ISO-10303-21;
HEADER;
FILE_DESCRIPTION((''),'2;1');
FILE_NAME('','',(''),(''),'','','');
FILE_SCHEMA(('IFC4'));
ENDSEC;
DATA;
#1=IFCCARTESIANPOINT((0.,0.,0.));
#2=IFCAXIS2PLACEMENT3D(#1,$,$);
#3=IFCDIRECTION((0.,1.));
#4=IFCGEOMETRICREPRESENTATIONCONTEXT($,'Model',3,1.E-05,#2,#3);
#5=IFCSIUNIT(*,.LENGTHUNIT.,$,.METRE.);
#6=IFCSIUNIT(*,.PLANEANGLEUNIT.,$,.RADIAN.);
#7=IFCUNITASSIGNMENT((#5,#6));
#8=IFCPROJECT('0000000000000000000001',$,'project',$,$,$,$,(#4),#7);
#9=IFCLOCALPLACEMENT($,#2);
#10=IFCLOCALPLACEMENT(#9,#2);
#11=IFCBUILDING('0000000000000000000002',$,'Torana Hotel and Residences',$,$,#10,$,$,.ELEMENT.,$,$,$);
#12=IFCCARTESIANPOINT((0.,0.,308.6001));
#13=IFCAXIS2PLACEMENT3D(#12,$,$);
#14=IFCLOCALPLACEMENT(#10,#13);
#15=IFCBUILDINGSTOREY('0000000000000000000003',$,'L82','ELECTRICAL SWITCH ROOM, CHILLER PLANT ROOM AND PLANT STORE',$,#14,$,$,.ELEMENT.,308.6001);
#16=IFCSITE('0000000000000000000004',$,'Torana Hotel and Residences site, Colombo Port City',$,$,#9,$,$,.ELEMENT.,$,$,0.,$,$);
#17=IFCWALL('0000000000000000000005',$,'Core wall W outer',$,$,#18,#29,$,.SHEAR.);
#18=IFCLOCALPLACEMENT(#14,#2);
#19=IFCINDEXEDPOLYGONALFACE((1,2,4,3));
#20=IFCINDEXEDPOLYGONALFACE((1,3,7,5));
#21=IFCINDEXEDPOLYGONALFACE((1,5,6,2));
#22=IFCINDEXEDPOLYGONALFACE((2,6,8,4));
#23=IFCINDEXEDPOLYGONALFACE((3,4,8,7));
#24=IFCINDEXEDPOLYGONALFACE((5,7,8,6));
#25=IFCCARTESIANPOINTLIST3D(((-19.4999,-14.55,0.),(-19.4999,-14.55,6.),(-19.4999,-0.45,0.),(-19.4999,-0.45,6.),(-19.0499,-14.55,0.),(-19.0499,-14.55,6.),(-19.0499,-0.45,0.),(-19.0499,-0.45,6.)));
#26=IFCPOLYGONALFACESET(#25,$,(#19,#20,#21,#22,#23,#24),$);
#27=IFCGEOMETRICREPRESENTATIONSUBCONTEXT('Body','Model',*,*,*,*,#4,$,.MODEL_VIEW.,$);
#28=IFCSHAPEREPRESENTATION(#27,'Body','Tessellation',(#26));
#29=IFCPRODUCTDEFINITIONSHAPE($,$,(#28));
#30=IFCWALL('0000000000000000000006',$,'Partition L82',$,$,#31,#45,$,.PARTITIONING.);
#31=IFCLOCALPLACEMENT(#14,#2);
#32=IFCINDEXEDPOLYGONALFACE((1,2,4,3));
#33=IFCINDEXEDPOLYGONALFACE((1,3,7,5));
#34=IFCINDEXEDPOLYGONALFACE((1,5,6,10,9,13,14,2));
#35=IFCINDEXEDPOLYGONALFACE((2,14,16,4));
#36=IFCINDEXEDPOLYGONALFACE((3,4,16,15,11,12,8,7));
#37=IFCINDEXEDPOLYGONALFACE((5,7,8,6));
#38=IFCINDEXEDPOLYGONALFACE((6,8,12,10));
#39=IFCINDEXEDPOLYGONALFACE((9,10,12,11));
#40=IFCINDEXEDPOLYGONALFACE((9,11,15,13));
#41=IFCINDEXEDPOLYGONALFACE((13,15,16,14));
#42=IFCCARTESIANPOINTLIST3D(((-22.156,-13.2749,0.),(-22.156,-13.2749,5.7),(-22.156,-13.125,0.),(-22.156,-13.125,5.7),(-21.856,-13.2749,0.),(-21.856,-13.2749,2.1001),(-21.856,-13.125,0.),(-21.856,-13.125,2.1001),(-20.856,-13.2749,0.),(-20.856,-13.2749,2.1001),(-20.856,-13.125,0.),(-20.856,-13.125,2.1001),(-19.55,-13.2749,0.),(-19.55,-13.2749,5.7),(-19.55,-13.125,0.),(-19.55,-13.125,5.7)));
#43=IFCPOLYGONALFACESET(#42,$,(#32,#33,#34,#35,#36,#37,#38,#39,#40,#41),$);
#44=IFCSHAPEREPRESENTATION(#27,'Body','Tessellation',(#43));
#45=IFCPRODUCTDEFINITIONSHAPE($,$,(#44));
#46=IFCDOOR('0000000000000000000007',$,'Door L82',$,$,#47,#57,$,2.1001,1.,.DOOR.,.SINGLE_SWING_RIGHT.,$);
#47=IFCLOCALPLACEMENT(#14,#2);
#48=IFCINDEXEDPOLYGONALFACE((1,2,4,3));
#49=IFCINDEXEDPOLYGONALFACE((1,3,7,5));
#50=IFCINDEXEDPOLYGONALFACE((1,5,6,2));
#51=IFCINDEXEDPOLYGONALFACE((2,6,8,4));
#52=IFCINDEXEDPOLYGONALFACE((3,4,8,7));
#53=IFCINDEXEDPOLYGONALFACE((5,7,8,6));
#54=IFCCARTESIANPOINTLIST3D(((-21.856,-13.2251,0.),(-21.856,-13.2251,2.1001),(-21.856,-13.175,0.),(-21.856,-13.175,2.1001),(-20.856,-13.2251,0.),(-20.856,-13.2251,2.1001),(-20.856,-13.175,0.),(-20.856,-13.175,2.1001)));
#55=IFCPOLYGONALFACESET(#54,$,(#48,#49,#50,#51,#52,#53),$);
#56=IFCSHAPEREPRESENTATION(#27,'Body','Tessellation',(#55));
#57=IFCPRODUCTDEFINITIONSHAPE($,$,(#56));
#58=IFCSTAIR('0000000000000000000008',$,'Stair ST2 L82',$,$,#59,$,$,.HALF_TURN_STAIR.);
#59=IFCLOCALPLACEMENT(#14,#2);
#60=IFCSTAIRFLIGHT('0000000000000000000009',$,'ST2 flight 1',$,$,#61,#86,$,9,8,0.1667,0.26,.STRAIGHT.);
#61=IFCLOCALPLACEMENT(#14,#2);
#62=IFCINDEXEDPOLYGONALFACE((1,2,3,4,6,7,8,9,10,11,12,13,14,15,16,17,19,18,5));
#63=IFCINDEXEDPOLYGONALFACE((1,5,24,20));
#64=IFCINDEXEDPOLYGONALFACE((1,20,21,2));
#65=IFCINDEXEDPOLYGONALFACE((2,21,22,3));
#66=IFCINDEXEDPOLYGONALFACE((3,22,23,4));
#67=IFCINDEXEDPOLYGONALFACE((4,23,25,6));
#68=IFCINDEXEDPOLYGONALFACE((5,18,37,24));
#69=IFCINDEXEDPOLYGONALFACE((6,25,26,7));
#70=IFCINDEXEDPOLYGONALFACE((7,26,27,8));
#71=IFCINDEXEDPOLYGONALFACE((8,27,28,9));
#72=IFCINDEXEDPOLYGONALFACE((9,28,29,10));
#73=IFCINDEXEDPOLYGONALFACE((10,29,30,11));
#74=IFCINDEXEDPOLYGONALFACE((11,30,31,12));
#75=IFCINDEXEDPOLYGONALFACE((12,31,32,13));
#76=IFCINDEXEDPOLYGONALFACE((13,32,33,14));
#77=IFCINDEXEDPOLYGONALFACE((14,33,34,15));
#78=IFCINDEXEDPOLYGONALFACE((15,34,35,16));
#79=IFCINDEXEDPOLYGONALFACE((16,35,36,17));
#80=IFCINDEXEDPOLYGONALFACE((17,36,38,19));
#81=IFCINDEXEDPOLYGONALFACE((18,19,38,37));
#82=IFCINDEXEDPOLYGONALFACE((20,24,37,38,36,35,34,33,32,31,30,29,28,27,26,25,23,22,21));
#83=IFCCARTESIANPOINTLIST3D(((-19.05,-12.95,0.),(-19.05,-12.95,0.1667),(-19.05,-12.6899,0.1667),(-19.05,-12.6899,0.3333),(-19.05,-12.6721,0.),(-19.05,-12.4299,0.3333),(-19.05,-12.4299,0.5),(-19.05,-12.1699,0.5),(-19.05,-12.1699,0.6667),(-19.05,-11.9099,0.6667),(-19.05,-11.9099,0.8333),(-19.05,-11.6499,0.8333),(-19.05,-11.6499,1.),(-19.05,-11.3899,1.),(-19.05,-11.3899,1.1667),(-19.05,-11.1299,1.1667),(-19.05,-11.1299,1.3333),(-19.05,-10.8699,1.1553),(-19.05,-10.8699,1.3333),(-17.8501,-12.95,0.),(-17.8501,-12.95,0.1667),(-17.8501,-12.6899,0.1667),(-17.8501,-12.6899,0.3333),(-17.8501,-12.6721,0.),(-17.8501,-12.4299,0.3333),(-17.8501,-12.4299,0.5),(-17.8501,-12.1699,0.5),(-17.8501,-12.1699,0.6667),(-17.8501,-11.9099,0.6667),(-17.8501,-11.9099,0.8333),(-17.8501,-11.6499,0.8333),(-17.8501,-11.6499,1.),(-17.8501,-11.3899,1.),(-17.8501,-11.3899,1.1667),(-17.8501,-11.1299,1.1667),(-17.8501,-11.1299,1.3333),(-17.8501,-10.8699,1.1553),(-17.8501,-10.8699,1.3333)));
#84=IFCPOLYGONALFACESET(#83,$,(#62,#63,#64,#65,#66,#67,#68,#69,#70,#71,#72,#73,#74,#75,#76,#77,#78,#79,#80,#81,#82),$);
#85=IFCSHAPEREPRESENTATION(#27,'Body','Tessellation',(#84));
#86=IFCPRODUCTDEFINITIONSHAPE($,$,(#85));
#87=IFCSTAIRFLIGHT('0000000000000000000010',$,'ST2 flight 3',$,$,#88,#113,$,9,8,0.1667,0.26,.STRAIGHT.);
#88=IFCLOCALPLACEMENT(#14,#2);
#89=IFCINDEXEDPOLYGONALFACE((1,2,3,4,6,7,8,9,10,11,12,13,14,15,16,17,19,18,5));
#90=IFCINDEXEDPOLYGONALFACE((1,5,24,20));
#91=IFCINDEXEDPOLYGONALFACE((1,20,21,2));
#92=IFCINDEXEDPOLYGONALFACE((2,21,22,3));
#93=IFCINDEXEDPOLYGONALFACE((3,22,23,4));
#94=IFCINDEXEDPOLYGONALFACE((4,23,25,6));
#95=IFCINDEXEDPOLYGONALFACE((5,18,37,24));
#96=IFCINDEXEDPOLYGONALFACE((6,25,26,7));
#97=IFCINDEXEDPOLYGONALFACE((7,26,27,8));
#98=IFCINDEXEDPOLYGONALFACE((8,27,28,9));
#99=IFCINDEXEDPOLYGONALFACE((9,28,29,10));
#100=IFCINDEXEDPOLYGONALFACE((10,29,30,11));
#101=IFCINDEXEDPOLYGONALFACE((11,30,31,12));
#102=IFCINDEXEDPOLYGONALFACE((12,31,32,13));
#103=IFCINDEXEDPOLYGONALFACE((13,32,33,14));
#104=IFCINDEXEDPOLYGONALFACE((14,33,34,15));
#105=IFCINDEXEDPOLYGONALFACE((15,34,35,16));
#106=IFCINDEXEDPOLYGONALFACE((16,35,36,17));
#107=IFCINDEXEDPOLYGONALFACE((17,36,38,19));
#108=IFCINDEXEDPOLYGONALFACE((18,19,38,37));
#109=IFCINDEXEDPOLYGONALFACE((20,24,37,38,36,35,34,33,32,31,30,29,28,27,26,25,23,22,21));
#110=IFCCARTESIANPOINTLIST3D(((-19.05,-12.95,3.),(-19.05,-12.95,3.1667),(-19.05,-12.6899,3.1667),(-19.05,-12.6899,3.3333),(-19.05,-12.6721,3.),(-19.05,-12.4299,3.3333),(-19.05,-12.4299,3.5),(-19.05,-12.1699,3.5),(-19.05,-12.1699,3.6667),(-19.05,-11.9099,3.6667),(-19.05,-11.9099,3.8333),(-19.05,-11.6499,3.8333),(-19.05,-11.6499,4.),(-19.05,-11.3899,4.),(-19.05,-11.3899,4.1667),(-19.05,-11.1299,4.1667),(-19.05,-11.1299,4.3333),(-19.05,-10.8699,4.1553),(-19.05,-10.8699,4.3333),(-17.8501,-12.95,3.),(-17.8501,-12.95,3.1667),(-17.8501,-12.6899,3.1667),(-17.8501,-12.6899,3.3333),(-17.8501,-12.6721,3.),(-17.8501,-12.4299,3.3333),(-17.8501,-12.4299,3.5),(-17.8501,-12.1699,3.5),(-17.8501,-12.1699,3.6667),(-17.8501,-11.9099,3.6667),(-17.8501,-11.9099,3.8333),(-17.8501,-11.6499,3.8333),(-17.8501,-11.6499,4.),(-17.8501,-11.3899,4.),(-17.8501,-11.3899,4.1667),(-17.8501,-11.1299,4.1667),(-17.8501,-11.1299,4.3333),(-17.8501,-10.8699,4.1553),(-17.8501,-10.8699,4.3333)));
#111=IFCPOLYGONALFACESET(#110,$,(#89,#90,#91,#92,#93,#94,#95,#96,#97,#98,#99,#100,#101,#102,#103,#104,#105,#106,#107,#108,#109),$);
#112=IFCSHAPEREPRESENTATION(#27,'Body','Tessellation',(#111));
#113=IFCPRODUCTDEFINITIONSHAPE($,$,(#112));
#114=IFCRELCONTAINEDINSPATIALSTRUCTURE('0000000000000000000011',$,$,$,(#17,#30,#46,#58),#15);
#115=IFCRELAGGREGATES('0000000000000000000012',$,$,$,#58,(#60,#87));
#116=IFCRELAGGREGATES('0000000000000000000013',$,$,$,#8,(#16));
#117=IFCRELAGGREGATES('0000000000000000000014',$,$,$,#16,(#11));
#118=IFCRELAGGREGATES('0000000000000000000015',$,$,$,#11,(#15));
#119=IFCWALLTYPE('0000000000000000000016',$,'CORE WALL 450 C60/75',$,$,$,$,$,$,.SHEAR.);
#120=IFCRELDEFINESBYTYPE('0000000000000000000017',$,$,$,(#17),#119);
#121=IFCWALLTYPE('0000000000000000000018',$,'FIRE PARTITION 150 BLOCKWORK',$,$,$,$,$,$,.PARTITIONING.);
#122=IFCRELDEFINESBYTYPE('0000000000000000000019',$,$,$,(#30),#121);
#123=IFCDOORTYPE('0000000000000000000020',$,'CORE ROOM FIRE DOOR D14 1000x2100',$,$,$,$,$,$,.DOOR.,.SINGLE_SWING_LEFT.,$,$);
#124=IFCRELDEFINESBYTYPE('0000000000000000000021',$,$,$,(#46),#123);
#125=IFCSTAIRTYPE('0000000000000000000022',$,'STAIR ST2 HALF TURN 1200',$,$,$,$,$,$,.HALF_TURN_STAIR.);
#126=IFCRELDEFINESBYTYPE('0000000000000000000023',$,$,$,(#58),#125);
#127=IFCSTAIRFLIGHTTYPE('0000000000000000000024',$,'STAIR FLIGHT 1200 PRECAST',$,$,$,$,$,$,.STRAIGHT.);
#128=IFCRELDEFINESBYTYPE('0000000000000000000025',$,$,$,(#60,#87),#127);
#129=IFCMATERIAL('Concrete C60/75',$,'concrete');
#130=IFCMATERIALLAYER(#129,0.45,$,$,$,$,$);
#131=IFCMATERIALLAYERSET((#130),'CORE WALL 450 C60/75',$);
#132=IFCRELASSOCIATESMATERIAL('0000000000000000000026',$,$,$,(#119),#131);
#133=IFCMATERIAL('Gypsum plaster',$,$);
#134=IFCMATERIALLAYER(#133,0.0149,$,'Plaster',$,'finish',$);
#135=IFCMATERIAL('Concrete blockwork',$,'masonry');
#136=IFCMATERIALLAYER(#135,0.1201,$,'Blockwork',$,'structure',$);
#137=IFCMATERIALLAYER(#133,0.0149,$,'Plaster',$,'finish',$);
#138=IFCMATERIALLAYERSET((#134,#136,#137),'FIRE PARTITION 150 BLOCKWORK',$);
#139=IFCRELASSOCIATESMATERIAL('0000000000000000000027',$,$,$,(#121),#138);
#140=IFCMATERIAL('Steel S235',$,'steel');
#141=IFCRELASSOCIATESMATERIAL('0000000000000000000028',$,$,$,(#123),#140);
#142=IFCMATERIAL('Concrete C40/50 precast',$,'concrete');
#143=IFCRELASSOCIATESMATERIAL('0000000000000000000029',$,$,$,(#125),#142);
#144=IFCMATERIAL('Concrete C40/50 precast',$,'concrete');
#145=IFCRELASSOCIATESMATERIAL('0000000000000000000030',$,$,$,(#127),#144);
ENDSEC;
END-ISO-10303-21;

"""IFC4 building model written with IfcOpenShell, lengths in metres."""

from ifc_helpers import new_model, si_unit, direction, frame, frame_2d, origin, place, context, subcontext, project, spatial, polyline, rectangle, outline, extrude, material, layer, layer_set, type_object, element, fill, aggregate, save


model = new_model("IFC4")

# Units and contexts
model_context = context("Model", 3, precision=1e-05, world=origin(), true_north=direction((0.0, 1.0)))
body_context = subcontext(model_context, "Body", "Model", "MODEL_VIEW")
ifc_project = project(units=[si_unit("LENGTHUNIT", "METRE"), si_unit("PLANEANGLEUNIT", "RADIAN")], contexts=[model_context])

# Site, building, storey
site_placement = place(None, origin())
site = spatial("IfcSite", under=ifc_project, at=site_placement, Name="Torana Hotel and Residences site, Colombo Port City", CompositionType="ELEMENT", RefElevation=0.0)
building_placement = place(site_placement, origin())
building = spatial("IfcBuilding", under=site, at=building_placement, Name="Torana Hotel and Residences", CompositionType="ELEMENT")
storey_placement = place(building_placement, frame((0.0, 0.0, 308.6001)))
storey = spatial("IfcBuildingStorey", under=building, at=storey_placement, Name="L82", Description="ELECTRICAL SWITCH ROOM, CHILLER PLANT ROOM AND PLANT STORE", CompositionType="ELEMENT", Elevation=308.6001)

# Shared definitions
ifc_material_1 = material(Name="Concrete C60/75", Category="concrete")
ifc_layer_1 = layer(ifc_material_1, 0.45)
ifc_layer_set_1 = layer_set([ifc_layer_1], Name="CORE WALL 450 C60/75")
wall_type_1 = type_object("IfcWallType", Name="CORE WALL 450 C60/75", PredefinedType="SHEAR", material=ifc_layer_set_1)

# Wall
wall_1_placement = place(storey_placement, frame((-19.2749, -14.55, 0.0), z_axis=(0.0, 0.0, 1.0), x_axis=(0.0, 1.0, 0.0)))
element("IfcWall", 1, at=wall_1_placement, inside=storey, type_object=wall_type_1, Name="Core wall W outer", PredefinedType="SHEAR", context=body_context, shape_type="SweptSolid", body=[
    extrude(rectangle(XDim=14.1001, YDim=0.45, at=frame_2d((7.05, 0.0))), origin(), (0.0, 0.0, 1.0), 6.0),
])

# Wall, opening, door
ifc_material_2 = material(Name="Gypsum plaster")
ifc_layer_2 = layer(ifc_material_2, 0.0149, Name="Plaster", Category="finish")
ifc_material_3 = material(Name="Concrete blockwork", Category="masonry")
ifc_layer_3 = layer(ifc_material_3, 0.1201, Name="Blockwork", Category="structure")
ifc_layer_4 = layer(ifc_material_2, 0.0149, Name="Plaster", Category="finish")
ifc_layer_set_2 = layer_set([ifc_layer_2, ifc_layer_3, ifc_layer_4], Name="FIRE PARTITION 150 BLOCKWORK")
wall_type_2 = type_object("IfcWallType", Name="FIRE PARTITION 150 BLOCKWORK", PredefinedType="PARTITIONING", material=ifc_layer_set_2)
wall_2_placement = place(storey_placement, frame((-22.156, -13.2, 0.0), z_axis=(0.0, 0.0, 1.0), x_axis=(1.0, 0.0, 0.0)))
wall_2 = element("IfcWall", 2, at=wall_2_placement, inside=storey, type_object=wall_type_2, Name="Partition L82", PredefinedType="PARTITIONING", context=body_context, shape_type="SweptSolid", body=[
    extrude(rectangle(XDim=2.606, YDim=0.1499, at=frame_2d((1.303, 0.0))), origin(), (0.0, 0.0, 1.0), 5.7),
])
opening_1_placement = place(wall_2_placement, frame((0.3, 0.0, 0.0)))
opening_1 = element("IfcOpeningElement", 3, at=opening_1_placement, cuts=wall_2, PredefinedType="OPENING", context=body_context, shape_type="SweptSolid", body=[
    extrude(rectangle(XDim=1.0, YDim=2.1001, at=frame_2d((0.5, 1.05))), frame((0.0, 0.085, 0.0), z_axis=(0.0, -1.0, 0.0), x_axis=(1.0, 0.0, 0.0)), (0.0, 0.0, 1.0), 0.1699),
])
ifc_material_4 = material(Name="Steel S235", Category="steel")
door_type_1 = type_object("IfcDoorType", Name="CORE ROOM FIRE DOOR D14 1000x2100", OperationType="SINGLE_SWING_LEFT", PredefinedType="DOOR", material=ifc_material_4)
door_1_placement = place(opening_1_placement, origin())
door_1 = element("IfcDoor", 4, at=door_1_placement, inside=storey, type_object=door_type_1, Name="Door L82", OperationType="SINGLE_SWING_RIGHT", OverallHeight=2.1001, OverallWidth=1.0, PredefinedType="DOOR", context=body_context, shape_type="SweptSolid", body=[
    extrude(rectangle(XDim=1.0, YDim=2.1001, at=frame_2d((0.5, 1.05))), frame((0.0, 0.0249, 0.0), z_axis=(0.0, -1.0, 0.0), x_axis=(1.0, 0.0, 0.0)), (0.0, 0.0, 1.0), 0.05),
])
fill(opening_1, door_1)

# Stair, stair flights
ifc_material_5 = material(Name="Concrete C40/50 precast", Category="concrete")
stair_type = type_object("IfcStairType", Name="STAIR ST2 HALF TURN 1200", PredefinedType="HALF_TURN_STAIR", material=ifc_material_5)
stair_placement = place(storey_placement, origin())
stair = element("IfcStair", 5, at=stair_placement, inside=storey, type_object=stair_type, Name="Stair ST2 L82", PredefinedType="HALF_TURN_STAIR")
ifc_material_6 = material(Name="Concrete C40/50 precast", Category="concrete")
stair_flight_type = type_object("IfcStairFlightType", Name="STAIR FLIGHT 1200 PRECAST", PredefinedType="STRAIGHT", material=ifc_material_6)
stair_flight_1_placement = place(storey_placement, frame((-18.45, -12.95, 0.0), z_axis=(0.0, 0.0, 1.0), x_axis=(0.0, 1.0, 0.0)))
stair_flight_1 = element("IfcStairFlight", 6, at=stair_flight_1_placement, type_object=stair_flight_type, Name="ST2 flight 1", NumberOfRisers=9, NumberOfTreads=8, PredefinedType="STRAIGHT", RiserHeight=0.1667, TreadLength=0.26, context=body_context, shape_type="SweptSolid", body=[
    extrude(outline(polyline([(0.0, 0.0), (0.0, 0.1667), (0.26, 0.1667), (0.26, 0.3333), (0.52, 0.3333), (0.52, 0.5), (0.78, 0.5), (0.78, 0.6667), (1.04, 0.6667), (1.04, 0.8333), (1.3, 0.8333), (1.3, 1.0), (1.5601, 1.0), (1.5601, 1.1667), (1.8201, 1.1667), (1.8201, 1.3333), (2.0801, 1.3333), (2.0801, 1.5), (2.0801, 1.1553), (0.2778, 0.0), (0.0, 0.0)])), frame((0.0, 0.6001, 0.0), z_axis=(0.0, -1.0, 0.0), x_axis=(1.0, 0.0, 0.0)), (0.0, 0.0, 1.0), 1.2),
])
stair_flight_2_placement = place(storey_placement, frame((-18.45, -12.95, 3.0), z_axis=(0.0, 0.0, 1.0), x_axis=(0.0, 1.0, 0.0)))
stair_flight_2 = element("IfcStairFlight", 7, at=stair_flight_2_placement, type_object=stair_flight_type, Name="ST2 flight 3", NumberOfRisers=9, NumberOfTreads=8, PredefinedType="STRAIGHT", RiserHeight=0.1667, TreadLength=0.26, context=body_context, shape_type="SweptSolid", body=[
    extrude(outline(polyline([(0.0, 0.0), (0.0, 0.1667), (0.26, 0.1667), (0.26, 0.3333), (0.52, 0.3333), (0.52, 0.5), (0.78, 0.5), (0.78, 0.6667), (1.04, 0.6667), (1.04, 0.8333), (1.3, 0.8333), (1.3, 1.0), (1.5601, 1.0), (1.5601, 1.1667), (1.8201, 1.1667), (1.8201, 1.3333), (2.0801, 1.3333), (2.0801, 1.5), (2.0801, 1.1553), (0.2778, 0.0), (0.0, 0.0)])), frame((0.0, 0.6001, 0.0), z_axis=(0.0, -1.0, 0.0), x_axis=(1.0, 0.0, 0.0)), (0.0, 0.0, 1.0), 1.2),
])
aggregate(stair, [stair_flight_1, stair_flight_2])

save(model, "model.ifc")
